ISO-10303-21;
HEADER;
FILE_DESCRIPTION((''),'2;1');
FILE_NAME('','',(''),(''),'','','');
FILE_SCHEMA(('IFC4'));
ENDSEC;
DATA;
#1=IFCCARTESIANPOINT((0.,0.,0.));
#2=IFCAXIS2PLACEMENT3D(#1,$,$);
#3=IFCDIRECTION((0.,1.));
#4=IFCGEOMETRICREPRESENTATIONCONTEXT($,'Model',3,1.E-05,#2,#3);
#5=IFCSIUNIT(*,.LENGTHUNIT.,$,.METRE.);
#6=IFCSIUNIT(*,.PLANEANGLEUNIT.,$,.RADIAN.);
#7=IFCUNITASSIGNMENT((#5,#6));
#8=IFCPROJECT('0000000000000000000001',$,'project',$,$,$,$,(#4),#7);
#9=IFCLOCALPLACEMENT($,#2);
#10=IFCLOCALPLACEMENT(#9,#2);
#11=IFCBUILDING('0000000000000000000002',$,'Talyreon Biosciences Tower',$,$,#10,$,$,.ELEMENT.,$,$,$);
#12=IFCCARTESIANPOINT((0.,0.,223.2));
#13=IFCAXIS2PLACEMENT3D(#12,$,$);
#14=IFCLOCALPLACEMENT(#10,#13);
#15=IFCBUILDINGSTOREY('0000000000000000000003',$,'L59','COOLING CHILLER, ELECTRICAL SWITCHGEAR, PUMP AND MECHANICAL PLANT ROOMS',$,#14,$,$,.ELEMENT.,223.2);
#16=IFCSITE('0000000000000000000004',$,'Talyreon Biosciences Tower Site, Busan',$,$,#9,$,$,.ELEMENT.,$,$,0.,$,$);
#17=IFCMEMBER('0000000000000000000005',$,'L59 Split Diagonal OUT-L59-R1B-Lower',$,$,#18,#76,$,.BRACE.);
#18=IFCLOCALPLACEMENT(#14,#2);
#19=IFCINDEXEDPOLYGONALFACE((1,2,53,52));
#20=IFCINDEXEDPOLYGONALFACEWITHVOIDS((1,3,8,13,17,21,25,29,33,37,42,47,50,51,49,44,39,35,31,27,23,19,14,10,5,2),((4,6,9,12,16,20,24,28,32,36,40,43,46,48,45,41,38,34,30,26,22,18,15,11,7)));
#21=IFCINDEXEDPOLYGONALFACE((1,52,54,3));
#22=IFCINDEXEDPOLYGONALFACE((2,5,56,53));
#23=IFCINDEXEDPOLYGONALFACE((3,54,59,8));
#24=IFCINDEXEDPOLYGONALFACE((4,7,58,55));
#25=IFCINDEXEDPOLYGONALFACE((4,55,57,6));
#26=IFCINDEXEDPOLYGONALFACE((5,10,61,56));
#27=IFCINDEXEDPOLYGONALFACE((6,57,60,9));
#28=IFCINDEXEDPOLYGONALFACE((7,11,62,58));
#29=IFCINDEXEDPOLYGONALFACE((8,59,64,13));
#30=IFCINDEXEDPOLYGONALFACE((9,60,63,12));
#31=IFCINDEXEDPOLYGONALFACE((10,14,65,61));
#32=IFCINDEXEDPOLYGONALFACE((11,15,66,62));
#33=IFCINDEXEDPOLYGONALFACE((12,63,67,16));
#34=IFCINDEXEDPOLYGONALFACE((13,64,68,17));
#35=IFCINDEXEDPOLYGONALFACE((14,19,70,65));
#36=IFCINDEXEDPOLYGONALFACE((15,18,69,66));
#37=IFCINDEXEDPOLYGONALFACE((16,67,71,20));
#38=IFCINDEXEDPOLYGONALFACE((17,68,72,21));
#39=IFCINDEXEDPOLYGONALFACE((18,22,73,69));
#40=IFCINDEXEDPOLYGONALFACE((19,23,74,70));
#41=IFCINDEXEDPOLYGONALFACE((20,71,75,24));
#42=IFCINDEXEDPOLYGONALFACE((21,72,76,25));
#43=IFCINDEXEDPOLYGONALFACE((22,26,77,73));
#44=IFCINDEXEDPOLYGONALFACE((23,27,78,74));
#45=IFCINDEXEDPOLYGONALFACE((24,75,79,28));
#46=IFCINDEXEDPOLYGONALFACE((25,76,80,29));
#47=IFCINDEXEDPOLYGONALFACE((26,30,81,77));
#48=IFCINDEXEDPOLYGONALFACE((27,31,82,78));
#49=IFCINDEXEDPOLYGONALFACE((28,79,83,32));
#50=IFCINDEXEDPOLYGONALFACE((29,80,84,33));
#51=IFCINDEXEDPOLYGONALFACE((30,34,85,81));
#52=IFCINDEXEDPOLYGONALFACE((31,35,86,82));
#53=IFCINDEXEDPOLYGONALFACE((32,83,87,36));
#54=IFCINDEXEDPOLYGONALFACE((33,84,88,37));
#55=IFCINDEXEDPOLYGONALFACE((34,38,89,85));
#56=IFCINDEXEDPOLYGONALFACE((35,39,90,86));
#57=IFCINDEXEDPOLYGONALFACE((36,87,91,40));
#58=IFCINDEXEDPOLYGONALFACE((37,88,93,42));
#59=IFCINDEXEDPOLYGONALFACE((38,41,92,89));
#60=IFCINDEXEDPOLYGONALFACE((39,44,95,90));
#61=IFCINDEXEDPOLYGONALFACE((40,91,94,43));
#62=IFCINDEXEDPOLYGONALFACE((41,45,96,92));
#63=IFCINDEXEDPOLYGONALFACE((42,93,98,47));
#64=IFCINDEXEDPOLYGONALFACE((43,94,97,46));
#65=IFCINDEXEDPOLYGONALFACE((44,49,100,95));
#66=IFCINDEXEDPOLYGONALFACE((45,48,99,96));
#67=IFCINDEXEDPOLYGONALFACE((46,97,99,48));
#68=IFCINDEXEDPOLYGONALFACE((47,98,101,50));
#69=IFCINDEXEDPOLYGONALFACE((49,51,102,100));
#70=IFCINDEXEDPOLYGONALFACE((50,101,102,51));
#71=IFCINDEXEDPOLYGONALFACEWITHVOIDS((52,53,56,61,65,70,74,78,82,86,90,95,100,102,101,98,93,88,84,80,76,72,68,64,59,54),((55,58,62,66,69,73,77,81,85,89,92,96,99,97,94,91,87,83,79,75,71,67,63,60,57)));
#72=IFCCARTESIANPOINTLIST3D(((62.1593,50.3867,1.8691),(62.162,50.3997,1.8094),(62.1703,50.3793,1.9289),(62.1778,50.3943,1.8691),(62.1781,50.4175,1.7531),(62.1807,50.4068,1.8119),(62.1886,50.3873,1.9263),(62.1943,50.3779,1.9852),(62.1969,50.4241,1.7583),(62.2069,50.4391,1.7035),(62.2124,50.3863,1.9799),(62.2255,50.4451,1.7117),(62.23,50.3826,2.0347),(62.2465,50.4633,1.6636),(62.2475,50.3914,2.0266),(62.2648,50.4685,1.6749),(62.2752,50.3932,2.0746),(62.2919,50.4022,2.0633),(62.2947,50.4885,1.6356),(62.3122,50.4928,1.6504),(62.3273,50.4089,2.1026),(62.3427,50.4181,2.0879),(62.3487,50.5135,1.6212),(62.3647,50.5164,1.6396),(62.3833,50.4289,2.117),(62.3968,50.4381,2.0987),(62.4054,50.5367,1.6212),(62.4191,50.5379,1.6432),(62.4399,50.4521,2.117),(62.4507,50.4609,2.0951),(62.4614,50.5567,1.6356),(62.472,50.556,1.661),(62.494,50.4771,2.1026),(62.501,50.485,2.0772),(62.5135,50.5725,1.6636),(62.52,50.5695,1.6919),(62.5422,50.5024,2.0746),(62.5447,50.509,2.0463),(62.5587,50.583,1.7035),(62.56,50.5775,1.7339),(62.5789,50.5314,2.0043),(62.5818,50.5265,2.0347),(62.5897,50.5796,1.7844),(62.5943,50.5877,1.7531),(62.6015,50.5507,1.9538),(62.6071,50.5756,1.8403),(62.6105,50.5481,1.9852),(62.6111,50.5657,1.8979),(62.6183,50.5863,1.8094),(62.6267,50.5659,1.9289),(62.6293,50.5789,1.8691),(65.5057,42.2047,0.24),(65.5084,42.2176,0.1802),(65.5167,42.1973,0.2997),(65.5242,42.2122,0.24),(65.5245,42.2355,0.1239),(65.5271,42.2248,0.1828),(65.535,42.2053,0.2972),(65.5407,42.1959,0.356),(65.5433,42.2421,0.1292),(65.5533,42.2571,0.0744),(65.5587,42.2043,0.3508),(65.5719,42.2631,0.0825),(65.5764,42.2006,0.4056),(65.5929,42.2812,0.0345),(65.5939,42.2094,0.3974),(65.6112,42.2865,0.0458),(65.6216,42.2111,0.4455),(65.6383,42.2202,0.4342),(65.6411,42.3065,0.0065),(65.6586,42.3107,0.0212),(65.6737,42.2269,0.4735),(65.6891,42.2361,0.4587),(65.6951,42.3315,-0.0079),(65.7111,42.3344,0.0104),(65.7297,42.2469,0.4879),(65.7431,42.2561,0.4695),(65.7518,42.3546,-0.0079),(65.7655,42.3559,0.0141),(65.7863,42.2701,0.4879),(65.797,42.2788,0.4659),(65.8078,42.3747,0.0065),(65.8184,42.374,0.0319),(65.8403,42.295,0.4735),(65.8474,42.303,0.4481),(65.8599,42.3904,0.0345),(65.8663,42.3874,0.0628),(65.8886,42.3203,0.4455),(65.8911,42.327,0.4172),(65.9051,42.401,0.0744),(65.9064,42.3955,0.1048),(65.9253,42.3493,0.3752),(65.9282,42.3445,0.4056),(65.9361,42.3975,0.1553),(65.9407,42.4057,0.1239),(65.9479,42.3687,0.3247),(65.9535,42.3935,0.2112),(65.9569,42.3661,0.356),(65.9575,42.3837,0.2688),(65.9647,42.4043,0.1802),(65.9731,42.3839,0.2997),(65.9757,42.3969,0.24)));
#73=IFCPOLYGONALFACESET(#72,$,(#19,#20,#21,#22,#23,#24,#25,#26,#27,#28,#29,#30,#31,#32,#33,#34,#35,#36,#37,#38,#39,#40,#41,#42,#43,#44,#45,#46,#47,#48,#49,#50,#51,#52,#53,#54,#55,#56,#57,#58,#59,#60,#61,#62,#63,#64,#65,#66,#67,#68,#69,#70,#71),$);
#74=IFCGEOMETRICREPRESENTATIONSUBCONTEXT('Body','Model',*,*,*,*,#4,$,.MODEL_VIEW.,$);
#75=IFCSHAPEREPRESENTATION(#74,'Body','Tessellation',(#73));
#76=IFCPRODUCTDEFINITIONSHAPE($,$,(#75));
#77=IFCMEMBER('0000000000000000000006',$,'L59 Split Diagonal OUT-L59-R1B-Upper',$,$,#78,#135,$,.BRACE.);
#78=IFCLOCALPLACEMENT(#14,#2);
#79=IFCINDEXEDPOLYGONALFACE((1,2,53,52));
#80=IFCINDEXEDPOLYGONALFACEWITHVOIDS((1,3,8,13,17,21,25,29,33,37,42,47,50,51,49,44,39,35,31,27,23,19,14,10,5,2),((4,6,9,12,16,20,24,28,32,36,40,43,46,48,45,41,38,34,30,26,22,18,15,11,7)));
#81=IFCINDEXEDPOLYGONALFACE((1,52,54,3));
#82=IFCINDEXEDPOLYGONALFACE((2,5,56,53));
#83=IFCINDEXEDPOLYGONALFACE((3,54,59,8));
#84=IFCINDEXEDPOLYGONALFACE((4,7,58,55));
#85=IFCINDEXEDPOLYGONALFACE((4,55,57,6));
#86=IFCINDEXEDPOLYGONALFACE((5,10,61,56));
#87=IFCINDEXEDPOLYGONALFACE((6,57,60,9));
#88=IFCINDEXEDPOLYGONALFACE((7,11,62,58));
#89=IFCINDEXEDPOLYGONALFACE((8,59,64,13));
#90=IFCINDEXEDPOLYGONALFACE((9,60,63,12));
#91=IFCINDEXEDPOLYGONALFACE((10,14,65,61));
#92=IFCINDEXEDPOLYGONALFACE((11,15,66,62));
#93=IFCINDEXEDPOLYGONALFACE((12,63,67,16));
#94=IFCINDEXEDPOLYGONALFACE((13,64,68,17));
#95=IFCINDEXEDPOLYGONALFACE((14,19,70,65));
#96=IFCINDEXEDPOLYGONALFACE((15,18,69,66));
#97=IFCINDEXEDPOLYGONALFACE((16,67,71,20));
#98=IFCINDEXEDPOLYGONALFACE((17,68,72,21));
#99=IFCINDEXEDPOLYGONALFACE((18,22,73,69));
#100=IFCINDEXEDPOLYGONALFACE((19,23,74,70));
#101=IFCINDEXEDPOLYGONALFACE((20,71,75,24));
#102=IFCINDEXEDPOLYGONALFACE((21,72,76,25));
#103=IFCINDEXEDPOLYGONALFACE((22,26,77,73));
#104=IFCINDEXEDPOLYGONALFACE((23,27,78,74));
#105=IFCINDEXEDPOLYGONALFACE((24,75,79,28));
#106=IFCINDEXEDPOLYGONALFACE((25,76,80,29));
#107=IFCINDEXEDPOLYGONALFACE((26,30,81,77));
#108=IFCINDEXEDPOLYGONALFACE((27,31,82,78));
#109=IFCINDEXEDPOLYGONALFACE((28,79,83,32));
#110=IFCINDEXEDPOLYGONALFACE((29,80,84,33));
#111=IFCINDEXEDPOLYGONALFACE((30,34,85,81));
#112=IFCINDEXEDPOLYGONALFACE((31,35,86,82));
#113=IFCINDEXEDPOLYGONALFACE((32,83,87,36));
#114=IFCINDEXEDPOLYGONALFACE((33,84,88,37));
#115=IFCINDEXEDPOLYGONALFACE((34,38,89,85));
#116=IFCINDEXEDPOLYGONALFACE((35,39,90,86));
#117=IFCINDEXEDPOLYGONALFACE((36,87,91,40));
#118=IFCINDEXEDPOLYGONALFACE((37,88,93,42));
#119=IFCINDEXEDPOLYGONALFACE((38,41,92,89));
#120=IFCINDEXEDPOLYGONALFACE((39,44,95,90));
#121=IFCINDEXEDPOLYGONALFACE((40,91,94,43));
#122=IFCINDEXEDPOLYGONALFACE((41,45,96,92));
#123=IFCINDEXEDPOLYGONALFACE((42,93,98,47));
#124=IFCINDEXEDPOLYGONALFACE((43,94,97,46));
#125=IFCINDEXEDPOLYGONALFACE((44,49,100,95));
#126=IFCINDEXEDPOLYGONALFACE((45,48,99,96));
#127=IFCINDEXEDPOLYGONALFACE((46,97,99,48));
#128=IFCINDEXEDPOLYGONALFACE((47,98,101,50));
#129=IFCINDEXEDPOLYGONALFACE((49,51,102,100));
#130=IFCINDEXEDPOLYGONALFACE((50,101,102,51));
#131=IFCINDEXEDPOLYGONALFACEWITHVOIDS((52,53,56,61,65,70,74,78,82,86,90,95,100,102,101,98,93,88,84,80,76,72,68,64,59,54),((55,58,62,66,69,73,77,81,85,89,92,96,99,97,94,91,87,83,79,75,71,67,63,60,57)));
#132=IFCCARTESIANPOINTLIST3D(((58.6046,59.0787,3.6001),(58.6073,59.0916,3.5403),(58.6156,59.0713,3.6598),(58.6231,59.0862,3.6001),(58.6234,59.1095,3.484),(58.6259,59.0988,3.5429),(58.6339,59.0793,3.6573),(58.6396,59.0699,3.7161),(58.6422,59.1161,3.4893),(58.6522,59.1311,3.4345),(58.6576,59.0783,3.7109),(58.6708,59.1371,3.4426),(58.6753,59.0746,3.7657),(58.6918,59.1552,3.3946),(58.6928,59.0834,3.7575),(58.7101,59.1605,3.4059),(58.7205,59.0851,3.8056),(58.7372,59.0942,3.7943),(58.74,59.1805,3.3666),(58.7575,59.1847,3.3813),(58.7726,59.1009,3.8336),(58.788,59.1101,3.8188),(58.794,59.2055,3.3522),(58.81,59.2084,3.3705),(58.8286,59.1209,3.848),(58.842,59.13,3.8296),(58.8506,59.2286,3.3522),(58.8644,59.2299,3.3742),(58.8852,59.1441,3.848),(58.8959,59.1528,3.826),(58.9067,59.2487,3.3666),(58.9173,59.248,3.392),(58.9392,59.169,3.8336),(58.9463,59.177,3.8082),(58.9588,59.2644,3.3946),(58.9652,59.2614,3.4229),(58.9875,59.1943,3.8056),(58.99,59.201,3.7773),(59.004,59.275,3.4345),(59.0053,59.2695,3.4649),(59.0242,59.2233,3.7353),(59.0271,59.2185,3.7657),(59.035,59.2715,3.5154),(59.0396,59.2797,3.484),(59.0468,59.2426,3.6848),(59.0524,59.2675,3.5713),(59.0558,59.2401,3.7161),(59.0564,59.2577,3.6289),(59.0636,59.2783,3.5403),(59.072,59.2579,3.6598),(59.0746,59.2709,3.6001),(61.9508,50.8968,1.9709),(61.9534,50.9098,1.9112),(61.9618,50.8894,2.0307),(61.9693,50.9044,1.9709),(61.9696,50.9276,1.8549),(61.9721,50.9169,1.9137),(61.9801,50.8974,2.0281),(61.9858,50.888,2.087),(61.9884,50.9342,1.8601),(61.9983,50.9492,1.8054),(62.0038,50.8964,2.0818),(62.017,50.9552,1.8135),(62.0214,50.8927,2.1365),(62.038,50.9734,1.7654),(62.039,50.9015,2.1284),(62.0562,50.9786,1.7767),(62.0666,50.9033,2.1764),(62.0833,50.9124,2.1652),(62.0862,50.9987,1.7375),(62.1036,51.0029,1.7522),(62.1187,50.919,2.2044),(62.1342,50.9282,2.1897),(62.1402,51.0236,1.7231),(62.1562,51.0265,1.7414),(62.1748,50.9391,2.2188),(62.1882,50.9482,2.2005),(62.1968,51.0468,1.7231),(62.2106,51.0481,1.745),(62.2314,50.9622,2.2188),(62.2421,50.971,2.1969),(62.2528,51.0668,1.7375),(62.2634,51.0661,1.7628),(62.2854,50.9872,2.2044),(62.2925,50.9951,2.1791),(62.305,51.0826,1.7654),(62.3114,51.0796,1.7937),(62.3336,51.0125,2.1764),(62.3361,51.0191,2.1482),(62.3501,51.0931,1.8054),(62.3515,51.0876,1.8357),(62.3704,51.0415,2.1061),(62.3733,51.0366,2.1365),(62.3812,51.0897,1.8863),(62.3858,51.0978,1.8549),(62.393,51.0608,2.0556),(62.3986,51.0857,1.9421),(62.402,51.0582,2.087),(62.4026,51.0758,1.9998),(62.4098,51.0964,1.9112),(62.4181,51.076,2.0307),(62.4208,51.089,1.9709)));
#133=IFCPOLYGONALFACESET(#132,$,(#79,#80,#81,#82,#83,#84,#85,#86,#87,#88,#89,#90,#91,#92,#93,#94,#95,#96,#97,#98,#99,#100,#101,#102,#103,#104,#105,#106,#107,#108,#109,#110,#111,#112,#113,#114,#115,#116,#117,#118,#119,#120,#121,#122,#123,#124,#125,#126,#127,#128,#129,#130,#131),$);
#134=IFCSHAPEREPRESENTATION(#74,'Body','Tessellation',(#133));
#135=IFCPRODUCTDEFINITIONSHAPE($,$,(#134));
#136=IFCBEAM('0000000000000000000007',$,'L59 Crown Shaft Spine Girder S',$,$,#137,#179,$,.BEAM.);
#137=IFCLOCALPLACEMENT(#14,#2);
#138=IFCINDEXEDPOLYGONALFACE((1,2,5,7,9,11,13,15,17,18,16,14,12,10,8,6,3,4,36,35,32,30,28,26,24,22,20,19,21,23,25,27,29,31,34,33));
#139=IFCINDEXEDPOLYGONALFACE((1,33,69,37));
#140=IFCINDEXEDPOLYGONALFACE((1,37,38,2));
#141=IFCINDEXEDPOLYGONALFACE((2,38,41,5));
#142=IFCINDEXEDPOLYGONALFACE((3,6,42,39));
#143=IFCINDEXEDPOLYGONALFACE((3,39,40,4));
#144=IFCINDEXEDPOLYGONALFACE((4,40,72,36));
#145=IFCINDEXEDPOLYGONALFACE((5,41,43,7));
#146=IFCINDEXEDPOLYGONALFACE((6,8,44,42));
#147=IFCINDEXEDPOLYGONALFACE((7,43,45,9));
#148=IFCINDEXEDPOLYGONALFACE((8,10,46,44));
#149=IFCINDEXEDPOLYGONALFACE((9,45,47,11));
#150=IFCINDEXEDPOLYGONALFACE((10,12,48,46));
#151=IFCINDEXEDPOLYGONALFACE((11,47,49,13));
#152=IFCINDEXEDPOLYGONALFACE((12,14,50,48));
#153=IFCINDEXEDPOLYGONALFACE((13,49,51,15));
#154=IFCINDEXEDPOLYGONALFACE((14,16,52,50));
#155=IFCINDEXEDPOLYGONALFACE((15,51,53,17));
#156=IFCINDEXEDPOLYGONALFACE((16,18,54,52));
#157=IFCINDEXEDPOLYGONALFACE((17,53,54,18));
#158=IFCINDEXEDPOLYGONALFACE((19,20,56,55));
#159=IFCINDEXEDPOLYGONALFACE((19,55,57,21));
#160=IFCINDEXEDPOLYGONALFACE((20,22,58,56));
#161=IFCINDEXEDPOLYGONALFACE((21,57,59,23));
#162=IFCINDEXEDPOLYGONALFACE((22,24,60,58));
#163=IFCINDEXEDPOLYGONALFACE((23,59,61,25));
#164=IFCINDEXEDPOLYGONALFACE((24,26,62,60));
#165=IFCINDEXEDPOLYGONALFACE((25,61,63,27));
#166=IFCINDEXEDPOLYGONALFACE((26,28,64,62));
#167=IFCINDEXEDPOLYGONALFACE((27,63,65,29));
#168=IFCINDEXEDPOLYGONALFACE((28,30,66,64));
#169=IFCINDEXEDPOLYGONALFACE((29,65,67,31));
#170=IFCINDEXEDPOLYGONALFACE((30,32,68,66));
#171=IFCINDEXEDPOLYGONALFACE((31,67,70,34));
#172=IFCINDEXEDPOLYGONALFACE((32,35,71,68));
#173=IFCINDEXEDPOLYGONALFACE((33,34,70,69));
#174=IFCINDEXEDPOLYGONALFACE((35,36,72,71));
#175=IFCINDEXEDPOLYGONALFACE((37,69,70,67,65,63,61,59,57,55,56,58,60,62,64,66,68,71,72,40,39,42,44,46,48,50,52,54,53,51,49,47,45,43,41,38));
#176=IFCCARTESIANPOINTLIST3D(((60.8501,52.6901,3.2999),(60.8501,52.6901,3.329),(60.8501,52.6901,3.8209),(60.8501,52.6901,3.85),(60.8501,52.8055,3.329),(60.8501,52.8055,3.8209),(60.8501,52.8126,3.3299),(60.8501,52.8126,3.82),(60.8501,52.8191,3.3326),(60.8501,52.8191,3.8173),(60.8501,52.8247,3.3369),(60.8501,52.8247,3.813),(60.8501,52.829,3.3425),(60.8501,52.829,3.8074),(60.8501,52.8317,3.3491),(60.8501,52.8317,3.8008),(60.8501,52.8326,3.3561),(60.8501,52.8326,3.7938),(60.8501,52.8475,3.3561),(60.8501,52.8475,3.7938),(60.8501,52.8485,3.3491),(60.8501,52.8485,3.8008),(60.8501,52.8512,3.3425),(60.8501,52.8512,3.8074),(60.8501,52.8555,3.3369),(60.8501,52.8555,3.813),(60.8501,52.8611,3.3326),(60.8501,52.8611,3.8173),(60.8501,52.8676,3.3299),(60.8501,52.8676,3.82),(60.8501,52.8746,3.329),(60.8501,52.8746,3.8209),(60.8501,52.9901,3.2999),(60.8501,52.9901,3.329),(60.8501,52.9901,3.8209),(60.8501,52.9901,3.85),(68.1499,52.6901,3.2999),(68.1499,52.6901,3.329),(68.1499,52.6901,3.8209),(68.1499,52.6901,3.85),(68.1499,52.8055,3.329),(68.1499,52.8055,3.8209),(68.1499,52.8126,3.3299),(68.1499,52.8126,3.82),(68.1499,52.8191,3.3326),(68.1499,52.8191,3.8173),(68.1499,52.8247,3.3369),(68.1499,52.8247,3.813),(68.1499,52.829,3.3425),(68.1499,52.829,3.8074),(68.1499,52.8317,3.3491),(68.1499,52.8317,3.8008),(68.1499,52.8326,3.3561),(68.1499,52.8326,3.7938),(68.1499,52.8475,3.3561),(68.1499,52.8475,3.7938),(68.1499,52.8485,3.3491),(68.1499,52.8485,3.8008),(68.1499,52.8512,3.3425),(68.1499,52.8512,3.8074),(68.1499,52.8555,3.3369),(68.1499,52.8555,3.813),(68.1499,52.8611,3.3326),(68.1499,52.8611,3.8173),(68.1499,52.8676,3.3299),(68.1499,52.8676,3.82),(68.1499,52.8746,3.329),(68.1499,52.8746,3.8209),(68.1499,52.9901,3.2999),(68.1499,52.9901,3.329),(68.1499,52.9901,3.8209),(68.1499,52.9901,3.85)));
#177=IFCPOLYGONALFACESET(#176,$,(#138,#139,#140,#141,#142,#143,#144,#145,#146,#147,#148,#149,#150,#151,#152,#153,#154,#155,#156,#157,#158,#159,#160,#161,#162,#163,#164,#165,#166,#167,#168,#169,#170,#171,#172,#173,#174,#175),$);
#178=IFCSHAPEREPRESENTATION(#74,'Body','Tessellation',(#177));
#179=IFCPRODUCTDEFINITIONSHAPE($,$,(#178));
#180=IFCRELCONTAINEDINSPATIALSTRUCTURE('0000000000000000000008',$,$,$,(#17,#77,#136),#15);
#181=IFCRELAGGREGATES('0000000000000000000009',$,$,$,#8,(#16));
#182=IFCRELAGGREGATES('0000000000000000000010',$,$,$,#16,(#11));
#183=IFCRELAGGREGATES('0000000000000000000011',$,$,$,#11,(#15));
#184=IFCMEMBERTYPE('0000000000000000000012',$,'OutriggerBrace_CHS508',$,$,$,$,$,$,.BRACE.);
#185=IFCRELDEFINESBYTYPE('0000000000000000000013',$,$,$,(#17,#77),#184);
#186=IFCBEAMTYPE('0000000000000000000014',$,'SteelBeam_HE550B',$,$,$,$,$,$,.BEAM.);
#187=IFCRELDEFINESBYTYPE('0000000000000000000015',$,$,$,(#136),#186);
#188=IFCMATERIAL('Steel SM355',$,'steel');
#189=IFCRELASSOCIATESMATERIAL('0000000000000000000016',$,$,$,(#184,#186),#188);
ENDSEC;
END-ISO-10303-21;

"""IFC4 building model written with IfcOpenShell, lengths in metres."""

from ifc_helpers import new_model, si_unit, direction, frame, origin, origin_2d, place, context, subcontext, project, spatial, hollow_circle, i_section, extrude, material, material_profile, profile_set, type_object, element, save


model = new_model("IFC4")

# Units and contexts
model_context = context("Model", 3, precision=1e-05, world=origin(), true_north=direction((0.0, 1.0)))
body_context = subcontext(model_context, "Body", "Model", "MODEL_VIEW")
ifc_project = project(units=[si_unit("LENGTHUNIT", "METRE"), si_unit("PLANEANGLEUNIT", "RADIAN")], contexts=[model_context])

# Site, building, storey
site_placement = place(None, origin())
site = spatial("IfcSite", under=ifc_project, at=site_placement, Name="Talyreon Biosciences Tower Site, Busan", CompositionType="ELEMENT", RefElevation=0.0)
building_placement = place(site_placement, origin())
building = spatial("IfcBuilding", under=site, at=building_placement, Name="Talyreon Biosciences Tower", CompositionType="ELEMENT")
storey_placement = place(building_placement, frame((0.0, 0.0, 223.2)))
storey = spatial("IfcBuildingStorey", under=building, at=storey_placement, Name="L59", Description="COOLING CHILLER, ELECTRICAL SWITCHGEAR, PUMP AND MECHANICAL PLANT ROOMS", CompositionType="ELEMENT", Elevation=223.2)

# Shared definitions
ifc_material_1 = material(Name="Steel SM355", Category="steel")

# Members
ifc_material_profile_1 = material_profile(ifc_material_1, hollow_circle(Radius=0.2539, WallThickness=0.02, at=origin_2d()), Name="CHS 508x20")
ifc_profile_set_1 = profile_set([ifc_material_profile_1], Name="Steel SM355")
member_type_1 = type_object("IfcMemberType", Name="OutriggerBrace_CHS508", PredefinedType="BRACE", material=ifc_profile_set_1)
member_1_placement = place(storey_placement, frame((65.7407, 42.3008, 0.24), z_axis=(-0.372286, 0.91025, 0.181241), x_axis=(-0.925579, -0.378555, 0.0)))
element("IfcMember", 1, at=member_1_placement, inside=storey, type_object=member_type_1, Name="L59 Split Diagonal OUT-L59-R1B-Lower", PredefinedType="BRACE", context=body_context, shape_type="SweptSolid", body=[
    extrude(hollow_circle(Radius=0.2539, WallThickness=0.02, at=origin_2d()), origin(), (0.0, 0.0, 1.0), 8.9888),
])
member_2_placement = place(storey_placement, frame((62.1858, 50.9929, 1.9709), z_axis=(-0.372272, 0.910254, 0.181247), x_axis=(-0.925584, -0.378541, 0.0)))
element("IfcMember", 2, at=member_2_placement, inside=storey, type_object=member_type_1, Name="L59 Split Diagonal OUT-L59-R1B-Upper", PredefinedType="BRACE", context=body_context, shape_type="SweptSolid", body=[
    extrude(hollow_circle(Radius=0.2539, WallThickness=0.02, at=origin_2d()), origin(), (0.0, 0.0, 1.0), 8.9885),
])

# Beam
ifc_material_profile_2 = material_profile(ifc_material_1, i_section(OverallWidth=0.3, OverallDepth=0.55, WebThickness=0.0149, FlangeThickness=0.0291, FilletRadius=0.0271, at=origin_2d()), Name="HE550B")
ifc_profile_set_2 = profile_set([ifc_material_profile_2], Name="Steel SM355")
beam_type = type_object("IfcBeamType", Name="SteelBeam_HE550B", PredefinedType="BEAM", material=ifc_profile_set_2)
beam_1_placement = place(storey_placement, frame((60.8501, 52.8401, 3.575), z_axis=(1.0, 0.0, 0.0), x_axis=(0.0, 1.0, 0.0)))
element("IfcBeam", 3, at=beam_1_placement, inside=storey, type_object=beam_type, Name="L59 Crown Shaft Spine Girder S", PredefinedType="BEAM", context=body_context, shape_type="SweptSolid", body=[
    extrude(i_section(OverallWidth=0.3, OverallDepth=0.55, WebThickness=0.0149, FlangeThickness=0.0291, FilletRadius=0.0271, at=origin_2d()), origin(), (0.0, 0.0, 1.0), 7.2998),
])

save(model, "model.ifc")
